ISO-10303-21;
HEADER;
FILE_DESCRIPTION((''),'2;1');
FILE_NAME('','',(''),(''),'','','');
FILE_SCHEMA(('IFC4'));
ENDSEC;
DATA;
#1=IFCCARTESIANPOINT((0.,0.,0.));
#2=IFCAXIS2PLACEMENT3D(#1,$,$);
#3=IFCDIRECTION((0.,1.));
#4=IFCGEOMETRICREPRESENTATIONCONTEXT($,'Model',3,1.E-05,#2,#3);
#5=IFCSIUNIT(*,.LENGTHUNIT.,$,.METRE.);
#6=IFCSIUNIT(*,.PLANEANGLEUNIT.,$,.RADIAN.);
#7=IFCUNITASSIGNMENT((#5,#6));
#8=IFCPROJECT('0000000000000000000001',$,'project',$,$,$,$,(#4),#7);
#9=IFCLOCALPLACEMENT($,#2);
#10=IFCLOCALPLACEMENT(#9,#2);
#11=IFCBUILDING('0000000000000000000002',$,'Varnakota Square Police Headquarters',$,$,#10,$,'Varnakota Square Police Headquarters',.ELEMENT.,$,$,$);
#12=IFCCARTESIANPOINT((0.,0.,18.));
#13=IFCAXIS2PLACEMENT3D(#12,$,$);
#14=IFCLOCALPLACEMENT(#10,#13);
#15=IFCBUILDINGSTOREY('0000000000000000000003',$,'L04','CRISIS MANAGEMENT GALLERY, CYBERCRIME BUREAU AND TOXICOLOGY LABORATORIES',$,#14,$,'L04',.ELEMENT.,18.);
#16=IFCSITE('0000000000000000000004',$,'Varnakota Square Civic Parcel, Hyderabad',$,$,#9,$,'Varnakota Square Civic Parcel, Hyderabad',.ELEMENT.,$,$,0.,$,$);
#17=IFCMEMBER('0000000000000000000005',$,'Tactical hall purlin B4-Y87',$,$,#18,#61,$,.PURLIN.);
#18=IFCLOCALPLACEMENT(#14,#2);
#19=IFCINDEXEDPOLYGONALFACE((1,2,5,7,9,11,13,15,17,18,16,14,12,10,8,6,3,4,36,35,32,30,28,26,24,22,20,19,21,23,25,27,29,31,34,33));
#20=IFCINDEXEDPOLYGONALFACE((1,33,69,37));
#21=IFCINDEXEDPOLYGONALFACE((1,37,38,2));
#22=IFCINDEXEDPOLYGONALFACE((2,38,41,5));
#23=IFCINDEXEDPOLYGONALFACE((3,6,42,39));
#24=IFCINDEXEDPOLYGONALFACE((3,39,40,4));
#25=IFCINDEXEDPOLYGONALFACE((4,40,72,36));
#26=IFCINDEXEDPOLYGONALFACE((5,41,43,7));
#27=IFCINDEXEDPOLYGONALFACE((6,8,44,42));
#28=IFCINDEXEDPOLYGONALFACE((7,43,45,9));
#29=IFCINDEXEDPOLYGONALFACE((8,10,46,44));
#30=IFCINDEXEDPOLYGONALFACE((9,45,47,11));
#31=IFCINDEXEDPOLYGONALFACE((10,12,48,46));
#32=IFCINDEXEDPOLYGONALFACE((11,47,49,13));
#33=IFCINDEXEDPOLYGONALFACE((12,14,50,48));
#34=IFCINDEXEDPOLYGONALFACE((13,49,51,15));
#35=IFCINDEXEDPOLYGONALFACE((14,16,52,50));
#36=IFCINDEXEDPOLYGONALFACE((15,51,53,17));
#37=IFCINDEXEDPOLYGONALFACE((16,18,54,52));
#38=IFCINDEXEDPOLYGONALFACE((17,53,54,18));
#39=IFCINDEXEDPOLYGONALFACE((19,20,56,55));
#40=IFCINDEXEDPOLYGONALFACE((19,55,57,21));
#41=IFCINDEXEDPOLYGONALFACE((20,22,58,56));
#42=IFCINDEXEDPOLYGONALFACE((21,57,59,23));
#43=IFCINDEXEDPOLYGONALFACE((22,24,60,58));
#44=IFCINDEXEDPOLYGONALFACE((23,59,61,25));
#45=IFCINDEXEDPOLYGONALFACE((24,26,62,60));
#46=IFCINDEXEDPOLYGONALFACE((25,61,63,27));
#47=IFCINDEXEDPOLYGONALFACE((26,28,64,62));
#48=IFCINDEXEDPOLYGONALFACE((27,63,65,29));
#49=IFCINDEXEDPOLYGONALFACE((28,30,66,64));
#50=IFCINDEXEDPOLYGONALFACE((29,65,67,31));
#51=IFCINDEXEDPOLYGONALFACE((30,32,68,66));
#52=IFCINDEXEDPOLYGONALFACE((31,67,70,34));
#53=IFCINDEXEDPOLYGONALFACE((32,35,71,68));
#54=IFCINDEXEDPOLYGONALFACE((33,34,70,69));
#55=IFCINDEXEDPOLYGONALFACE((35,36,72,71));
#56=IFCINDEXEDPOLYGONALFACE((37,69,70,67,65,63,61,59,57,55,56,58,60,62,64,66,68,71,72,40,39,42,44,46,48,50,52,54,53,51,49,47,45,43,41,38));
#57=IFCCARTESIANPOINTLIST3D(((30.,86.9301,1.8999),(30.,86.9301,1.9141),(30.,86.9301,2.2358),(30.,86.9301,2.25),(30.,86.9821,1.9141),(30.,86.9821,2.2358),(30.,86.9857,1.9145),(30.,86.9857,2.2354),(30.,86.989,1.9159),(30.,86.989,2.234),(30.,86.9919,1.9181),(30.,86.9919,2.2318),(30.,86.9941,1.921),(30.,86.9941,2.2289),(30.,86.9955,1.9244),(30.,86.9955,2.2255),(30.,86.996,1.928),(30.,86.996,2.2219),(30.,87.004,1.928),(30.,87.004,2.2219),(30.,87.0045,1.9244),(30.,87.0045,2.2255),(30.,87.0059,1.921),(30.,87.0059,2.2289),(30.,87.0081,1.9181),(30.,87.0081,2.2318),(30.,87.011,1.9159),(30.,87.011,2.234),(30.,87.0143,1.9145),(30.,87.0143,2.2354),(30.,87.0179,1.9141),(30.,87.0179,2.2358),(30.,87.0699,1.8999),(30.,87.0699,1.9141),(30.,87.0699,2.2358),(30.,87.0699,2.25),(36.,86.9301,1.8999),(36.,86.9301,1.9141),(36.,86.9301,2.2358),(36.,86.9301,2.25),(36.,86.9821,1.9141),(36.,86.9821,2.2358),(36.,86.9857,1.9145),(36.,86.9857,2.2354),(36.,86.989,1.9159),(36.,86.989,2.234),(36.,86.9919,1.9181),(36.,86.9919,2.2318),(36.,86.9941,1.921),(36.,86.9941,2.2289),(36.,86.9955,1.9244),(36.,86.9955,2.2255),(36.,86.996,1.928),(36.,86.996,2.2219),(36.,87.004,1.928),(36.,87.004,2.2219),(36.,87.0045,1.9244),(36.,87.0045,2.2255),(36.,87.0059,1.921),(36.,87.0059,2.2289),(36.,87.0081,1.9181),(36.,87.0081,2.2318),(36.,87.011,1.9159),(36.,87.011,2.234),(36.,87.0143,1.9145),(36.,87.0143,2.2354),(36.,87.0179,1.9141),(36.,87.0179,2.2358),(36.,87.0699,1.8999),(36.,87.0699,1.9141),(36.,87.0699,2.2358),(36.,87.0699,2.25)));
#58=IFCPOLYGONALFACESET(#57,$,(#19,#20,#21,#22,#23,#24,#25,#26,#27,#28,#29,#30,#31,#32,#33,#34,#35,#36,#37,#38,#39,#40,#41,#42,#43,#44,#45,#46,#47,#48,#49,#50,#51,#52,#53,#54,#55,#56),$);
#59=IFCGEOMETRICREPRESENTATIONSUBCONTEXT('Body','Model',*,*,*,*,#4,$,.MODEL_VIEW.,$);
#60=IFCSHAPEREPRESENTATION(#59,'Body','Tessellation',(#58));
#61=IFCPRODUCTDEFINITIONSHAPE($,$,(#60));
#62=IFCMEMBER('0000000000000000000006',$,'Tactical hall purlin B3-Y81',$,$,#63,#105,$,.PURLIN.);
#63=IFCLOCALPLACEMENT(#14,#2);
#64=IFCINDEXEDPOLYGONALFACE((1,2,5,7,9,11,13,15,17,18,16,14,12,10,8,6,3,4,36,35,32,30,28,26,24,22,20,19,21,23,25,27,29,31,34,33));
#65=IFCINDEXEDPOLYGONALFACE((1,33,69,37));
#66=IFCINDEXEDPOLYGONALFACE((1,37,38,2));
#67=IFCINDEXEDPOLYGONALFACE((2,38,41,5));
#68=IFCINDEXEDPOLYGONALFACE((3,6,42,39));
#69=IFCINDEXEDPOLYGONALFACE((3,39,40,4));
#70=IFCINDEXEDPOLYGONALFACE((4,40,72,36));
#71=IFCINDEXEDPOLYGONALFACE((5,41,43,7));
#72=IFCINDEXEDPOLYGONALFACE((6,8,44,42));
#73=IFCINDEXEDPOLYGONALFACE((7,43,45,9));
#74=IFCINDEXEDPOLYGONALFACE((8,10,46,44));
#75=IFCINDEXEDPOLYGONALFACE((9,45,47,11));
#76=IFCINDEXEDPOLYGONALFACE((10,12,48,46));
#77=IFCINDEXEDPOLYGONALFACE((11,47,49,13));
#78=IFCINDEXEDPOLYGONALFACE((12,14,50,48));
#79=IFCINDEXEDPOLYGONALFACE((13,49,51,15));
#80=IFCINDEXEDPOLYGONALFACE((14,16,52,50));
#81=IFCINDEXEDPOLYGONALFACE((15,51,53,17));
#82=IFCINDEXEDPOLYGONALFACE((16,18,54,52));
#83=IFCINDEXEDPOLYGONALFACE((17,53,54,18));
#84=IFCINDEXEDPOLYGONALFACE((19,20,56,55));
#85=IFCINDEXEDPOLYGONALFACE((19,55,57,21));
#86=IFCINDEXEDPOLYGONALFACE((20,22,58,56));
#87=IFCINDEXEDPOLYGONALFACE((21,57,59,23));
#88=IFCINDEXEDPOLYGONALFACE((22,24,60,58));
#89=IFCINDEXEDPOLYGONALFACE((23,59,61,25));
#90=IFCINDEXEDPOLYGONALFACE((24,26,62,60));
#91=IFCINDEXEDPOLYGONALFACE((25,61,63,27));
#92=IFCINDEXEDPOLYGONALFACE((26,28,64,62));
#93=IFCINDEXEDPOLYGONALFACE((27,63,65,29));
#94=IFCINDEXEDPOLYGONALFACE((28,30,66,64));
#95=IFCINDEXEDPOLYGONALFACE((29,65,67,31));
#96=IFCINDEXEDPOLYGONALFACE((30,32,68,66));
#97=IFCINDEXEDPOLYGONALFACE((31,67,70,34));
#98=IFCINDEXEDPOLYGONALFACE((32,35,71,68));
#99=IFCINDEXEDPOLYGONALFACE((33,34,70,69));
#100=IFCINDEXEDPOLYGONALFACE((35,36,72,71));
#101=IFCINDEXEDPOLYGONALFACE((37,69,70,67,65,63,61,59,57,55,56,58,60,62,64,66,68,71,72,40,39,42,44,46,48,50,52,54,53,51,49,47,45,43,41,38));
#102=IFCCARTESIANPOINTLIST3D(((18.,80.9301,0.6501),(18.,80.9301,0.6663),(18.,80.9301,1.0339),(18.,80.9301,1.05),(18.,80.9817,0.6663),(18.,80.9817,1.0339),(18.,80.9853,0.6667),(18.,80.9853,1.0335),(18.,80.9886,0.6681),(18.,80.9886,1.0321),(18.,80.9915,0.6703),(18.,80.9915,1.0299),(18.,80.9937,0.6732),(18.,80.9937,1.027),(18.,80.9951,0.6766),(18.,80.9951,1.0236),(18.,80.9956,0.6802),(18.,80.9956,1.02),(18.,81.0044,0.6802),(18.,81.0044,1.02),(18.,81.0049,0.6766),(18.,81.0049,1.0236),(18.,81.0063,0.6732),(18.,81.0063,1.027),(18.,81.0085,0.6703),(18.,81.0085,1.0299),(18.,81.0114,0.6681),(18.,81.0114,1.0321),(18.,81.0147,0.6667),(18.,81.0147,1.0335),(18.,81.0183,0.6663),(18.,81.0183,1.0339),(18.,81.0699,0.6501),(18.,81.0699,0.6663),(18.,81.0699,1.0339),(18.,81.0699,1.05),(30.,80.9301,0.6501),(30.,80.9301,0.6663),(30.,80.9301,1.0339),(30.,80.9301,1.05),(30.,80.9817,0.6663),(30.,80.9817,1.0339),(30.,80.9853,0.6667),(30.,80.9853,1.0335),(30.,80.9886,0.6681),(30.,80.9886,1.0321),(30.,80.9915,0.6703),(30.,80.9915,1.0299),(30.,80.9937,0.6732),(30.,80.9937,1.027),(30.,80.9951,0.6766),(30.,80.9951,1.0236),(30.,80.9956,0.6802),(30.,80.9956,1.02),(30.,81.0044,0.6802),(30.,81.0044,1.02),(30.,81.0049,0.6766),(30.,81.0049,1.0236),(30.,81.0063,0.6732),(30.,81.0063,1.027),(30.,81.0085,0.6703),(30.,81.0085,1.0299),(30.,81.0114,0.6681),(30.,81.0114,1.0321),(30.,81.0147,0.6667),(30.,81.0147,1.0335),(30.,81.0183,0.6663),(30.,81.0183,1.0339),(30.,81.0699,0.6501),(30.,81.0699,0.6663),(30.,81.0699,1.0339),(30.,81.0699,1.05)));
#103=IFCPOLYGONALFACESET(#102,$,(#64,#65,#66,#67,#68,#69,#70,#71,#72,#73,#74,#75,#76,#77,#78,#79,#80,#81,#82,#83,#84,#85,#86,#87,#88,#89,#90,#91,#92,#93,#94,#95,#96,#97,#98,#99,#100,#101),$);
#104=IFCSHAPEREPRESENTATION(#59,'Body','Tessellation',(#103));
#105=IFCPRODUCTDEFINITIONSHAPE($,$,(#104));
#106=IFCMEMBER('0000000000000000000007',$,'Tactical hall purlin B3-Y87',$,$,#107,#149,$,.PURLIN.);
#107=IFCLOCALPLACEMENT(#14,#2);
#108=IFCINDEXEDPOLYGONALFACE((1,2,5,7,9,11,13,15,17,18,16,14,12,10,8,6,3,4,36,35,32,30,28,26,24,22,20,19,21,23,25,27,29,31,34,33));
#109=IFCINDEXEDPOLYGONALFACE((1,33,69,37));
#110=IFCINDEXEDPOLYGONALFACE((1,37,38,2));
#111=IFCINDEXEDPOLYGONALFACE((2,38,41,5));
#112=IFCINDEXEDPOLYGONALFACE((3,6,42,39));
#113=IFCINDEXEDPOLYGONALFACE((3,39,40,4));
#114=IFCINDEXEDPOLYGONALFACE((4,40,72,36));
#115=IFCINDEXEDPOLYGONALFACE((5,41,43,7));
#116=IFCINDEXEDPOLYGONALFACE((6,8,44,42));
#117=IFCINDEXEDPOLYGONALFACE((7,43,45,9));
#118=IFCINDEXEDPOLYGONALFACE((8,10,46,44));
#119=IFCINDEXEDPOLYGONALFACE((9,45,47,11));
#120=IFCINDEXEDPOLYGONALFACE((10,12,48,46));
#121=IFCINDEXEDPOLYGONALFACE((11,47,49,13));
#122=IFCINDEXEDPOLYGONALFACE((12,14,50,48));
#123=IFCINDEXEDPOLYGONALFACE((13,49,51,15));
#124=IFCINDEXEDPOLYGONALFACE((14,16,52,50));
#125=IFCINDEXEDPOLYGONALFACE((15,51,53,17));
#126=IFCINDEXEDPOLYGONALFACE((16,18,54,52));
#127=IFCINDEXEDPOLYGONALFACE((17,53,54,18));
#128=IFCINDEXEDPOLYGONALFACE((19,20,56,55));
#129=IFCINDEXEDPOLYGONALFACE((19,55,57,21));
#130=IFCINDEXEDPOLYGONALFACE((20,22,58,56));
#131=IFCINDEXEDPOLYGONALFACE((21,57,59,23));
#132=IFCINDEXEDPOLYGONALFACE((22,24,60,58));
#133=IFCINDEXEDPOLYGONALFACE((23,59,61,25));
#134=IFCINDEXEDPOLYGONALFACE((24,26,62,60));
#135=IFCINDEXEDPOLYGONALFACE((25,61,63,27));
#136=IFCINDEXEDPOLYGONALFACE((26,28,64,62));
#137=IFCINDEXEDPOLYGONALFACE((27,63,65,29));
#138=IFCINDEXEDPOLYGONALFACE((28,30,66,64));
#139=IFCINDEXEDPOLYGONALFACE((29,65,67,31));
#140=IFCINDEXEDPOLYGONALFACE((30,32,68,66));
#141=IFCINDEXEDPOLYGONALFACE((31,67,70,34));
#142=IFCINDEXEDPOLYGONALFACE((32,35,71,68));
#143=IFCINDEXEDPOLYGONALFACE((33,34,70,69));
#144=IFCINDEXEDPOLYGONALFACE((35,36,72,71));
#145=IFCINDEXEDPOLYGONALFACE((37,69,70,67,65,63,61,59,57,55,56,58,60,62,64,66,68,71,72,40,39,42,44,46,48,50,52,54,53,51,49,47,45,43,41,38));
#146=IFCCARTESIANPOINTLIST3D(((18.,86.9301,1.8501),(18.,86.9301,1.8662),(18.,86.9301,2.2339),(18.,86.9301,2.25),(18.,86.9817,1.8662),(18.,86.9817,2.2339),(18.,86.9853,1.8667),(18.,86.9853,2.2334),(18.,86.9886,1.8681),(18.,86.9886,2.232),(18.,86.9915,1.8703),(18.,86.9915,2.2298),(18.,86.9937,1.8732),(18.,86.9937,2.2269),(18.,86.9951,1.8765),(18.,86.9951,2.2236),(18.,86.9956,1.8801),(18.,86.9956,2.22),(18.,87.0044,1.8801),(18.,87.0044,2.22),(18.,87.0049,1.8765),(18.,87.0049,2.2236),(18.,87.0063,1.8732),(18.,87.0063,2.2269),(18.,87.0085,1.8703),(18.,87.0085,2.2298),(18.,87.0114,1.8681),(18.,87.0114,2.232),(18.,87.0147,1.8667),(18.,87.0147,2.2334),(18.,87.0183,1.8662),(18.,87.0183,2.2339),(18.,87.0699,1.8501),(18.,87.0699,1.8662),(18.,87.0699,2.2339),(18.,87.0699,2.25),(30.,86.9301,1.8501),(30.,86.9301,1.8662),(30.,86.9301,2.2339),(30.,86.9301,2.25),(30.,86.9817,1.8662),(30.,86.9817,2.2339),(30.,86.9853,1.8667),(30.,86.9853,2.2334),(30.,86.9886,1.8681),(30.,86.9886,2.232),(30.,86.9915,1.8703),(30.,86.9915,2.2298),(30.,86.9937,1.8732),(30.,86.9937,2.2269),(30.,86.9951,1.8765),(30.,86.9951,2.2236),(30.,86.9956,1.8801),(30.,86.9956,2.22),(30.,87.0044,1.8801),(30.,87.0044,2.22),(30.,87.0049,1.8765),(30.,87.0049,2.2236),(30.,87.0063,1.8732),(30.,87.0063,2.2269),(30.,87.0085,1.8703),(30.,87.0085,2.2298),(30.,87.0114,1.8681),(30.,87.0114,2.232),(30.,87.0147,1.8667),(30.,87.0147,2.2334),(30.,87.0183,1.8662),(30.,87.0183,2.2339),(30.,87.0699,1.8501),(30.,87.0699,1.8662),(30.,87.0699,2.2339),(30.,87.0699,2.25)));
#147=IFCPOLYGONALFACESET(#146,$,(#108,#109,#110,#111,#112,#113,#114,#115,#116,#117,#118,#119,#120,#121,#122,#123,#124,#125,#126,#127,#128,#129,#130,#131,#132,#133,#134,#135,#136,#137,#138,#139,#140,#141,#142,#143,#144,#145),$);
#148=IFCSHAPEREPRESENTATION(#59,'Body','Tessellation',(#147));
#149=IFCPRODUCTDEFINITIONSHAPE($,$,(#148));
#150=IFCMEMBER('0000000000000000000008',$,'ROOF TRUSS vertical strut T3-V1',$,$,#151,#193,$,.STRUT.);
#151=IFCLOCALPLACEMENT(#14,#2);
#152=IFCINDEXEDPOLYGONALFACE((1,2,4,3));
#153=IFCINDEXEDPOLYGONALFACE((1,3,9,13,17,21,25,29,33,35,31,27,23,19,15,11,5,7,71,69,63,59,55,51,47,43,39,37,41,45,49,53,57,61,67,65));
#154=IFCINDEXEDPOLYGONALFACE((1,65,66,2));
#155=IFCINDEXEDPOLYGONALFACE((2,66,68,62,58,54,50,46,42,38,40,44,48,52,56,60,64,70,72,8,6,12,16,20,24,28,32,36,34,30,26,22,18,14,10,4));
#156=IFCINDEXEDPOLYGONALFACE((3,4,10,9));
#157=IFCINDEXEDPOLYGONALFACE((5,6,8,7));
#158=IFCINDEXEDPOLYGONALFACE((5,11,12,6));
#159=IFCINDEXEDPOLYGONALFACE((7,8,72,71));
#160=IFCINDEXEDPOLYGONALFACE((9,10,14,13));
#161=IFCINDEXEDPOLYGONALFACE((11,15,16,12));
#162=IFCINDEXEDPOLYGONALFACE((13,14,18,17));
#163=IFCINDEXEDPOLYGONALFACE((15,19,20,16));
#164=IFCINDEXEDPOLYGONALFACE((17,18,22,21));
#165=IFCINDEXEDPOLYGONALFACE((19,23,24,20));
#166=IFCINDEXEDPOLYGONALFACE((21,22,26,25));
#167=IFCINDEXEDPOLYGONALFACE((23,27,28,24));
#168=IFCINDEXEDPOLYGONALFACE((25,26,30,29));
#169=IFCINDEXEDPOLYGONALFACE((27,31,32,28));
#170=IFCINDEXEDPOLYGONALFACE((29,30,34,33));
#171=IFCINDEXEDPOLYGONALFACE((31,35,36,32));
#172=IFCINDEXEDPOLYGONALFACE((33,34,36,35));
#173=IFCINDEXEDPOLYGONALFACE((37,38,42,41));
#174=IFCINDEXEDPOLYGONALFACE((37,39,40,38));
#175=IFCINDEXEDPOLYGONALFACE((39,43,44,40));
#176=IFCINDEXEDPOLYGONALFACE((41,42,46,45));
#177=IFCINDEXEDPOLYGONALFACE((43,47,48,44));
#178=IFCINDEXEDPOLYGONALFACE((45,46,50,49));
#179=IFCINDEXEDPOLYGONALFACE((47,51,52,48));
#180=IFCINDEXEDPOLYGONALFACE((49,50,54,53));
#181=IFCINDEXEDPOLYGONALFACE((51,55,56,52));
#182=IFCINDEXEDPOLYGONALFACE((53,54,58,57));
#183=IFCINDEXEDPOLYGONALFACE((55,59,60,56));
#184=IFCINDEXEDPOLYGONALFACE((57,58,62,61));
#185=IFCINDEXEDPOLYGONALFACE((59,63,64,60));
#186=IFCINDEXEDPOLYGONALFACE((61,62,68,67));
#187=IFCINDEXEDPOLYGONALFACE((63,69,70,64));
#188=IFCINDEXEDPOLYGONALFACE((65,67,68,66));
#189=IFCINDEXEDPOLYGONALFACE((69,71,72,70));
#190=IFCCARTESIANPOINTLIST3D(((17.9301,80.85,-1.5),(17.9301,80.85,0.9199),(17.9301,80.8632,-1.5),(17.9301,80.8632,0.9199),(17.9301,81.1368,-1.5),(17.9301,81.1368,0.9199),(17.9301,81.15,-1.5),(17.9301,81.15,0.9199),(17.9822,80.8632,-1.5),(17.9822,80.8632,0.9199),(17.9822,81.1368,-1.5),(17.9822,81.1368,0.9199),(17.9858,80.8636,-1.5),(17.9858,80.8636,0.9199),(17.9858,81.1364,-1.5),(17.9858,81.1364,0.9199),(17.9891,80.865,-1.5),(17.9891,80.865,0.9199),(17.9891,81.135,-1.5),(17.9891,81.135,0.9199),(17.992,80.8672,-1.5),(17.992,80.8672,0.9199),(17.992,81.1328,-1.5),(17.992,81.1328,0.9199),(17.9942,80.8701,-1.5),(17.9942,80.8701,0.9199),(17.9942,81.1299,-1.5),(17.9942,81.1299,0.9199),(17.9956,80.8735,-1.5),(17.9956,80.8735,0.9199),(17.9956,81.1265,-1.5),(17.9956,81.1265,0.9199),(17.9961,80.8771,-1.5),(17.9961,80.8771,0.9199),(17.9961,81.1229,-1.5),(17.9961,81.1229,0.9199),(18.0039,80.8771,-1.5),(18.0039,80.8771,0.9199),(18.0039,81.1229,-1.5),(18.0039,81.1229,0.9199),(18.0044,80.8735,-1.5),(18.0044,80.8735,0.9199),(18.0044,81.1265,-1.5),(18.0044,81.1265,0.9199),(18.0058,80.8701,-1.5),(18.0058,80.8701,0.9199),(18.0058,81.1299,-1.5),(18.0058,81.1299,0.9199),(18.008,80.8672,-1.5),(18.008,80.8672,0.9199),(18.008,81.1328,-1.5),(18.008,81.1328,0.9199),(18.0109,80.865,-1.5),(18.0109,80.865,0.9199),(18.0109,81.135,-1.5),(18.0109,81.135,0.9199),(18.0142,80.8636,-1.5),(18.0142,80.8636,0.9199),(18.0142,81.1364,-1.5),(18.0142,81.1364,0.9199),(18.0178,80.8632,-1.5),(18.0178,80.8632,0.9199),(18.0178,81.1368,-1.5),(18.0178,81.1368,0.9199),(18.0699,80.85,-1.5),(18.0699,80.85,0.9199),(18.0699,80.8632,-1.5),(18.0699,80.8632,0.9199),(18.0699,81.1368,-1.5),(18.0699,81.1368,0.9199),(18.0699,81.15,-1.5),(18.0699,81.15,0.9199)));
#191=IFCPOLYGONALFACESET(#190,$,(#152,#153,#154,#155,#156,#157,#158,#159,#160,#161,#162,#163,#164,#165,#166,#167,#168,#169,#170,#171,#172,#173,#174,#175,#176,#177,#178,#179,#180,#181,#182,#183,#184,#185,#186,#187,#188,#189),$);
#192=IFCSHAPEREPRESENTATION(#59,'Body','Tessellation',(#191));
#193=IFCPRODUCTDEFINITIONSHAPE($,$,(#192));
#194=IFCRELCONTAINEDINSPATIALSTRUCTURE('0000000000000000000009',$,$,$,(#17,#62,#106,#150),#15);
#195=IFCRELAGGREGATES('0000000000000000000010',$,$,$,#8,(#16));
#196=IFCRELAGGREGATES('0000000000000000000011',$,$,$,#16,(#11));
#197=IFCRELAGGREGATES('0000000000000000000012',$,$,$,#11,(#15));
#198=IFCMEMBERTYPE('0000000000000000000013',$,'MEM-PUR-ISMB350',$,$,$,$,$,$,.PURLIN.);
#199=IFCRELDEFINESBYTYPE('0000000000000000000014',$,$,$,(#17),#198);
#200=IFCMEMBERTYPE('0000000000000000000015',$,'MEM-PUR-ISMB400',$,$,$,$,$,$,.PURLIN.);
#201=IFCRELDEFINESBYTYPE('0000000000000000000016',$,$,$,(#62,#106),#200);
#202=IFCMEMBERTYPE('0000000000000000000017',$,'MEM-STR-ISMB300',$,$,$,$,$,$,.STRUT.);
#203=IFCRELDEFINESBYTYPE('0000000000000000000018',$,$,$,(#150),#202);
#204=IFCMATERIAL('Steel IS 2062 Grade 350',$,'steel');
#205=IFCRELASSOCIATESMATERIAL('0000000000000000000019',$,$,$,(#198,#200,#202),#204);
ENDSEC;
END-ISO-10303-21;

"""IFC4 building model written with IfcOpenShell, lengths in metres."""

from ifc_helpers import new_model, si_unit, direction, frame, origin, origin_2d, place, context, subcontext, project, spatial, i_section, extrude, material, material_profile, profile_set, type_object, element, save


model = new_model("IFC4")

# Units and contexts
model_context = context("Model", 3, precision=1e-05, world=origin(), true_north=direction((0.0, 1.0)))
body_context = subcontext(model_context, "Body", "Model", "MODEL_VIEW")
ifc_project = project(units=[si_unit("LENGTHUNIT", "METRE"), si_unit("PLANEANGLEUNIT", "RADIAN")], contexts=[model_context])

# Site, building, storey
site_placement = place(None, origin())
site = spatial("IfcSite", under=ifc_project, at=site_placement, Name="Varnakota Square Civic Parcel, Hyderabad", LongName="Varnakota Square Civic Parcel, Hyderabad", CompositionType="ELEMENT", RefElevation=0.0)
building_placement = place(site_placement, origin())
building = spatial("IfcBuilding", under=site, at=building_placement, Name="Varnakota Square Police Headquarters", LongName="Varnakota Square Police Headquarters", CompositionType="ELEMENT")
storey_placement = place(building_placement, frame((0.0, 0.0, 18.0)))
storey = spatial("IfcBuildingStorey", under=building, at=storey_placement, Name="L04", Description="CRISIS MANAGEMENT GALLERY, CYBERCRIME BUREAU AND TOXICOLOGY LABORATORIES", LongName="L04", CompositionType="ELEMENT", Elevation=18.0)

# Shared definitions
ifc_material_1 = material(Name="Steel IS 2062 Grade 350", Category="steel")

# Members
ifc_material_profile_1 = material_profile(ifc_material_1, i_section(OverallWidth=0.1399, OverallDepth=0.3501, WebThickness=0.0081, FlangeThickness=0.0142, FilletRadius=0.0139, at=origin_2d()), Name="ISMB 350")
ifc_profile_set_1 = profile_set([ifc_material_profile_1], Name="Steel IS 2062 Grade 350")
member_type_1 = type_object("IfcMemberType", Name="MEM-PUR-ISMB350", PredefinedType="PURLIN", material=ifc_profile_set_1)
for number, where, z_axis, x_axis, name in (
    (1, (30.0, 87.0, 2.075), (1.0, 0.0, 0.0), (0.0, 1.0, 0.0), "Tactical hall purlin B4-Y87"),
):
    element("IfcMember", number, at=place(storey_placement, frame(where, z_axis=z_axis, x_axis=x_axis)), inside=storey, type_object=member_type_1, Name=name, PredefinedType="PURLIN", context=body_context, shape_type="SweptSolid", body=[
        extrude(i_section(OverallWidth=0.1399, OverallDepth=0.3501, WebThickness=0.0081, FlangeThickness=0.0142, FilletRadius=0.0139, at=origin_2d()), origin(), (0.0, 0.0, 1.0), 6.0),
    ])
ifc_material_profile_2 = material_profile(ifc_material_1, i_section(OverallWidth=0.1399, OverallDepth=0.3999, WebThickness=0.0088, FlangeThickness=0.0161, FilletRadius=0.0139, at=origin_2d()), Name="ISMB 400")
ifc_profile_set_2 = profile_set([ifc_material_profile_2], Name="Steel IS 2062 Grade 350")
member_type_2 = type_object("IfcMemberType", Name="MEM-PUR-ISMB400", PredefinedType="PURLIN", material=ifc_profile_set_2)
for number, where, z_axis, x_axis, name in (
    (2, (18.0, 81.0, 0.8501), (1.0, 0.0, 0.0), (0.0, 1.0, 0.0), "Tactical hall purlin B3-Y81"),
    (3, (18.0, 87.0, 2.05), (1.0, 0.0, 0.0), (0.0, 1.0, 0.0), "Tactical hall purlin B3-Y87"),
):
    element("IfcMember", number, at=place(storey_placement, frame(where, z_axis=z_axis, x_axis=x_axis)), inside=storey, type_object=member_type_2, Name=name, PredefinedType="PURLIN", context=body_context, shape_type="SweptSolid", body=[
        extrude(i_section(OverallWidth=0.1399, OverallDepth=0.3999, WebThickness=0.0088, FlangeThickness=0.0161, FilletRadius=0.0139, at=origin_2d()), origin(), (0.0, 0.0, 1.0), 12.0),
    ])
ifc_material_profile_3 = material_profile(ifc_material_1, i_section(OverallWidth=0.1399, OverallDepth=0.3, WebThickness=0.0078, FlangeThickness=0.0132, FilletRadius=0.0139, at=origin_2d()), Name="ISMB 300")
ifc_profile_set_3 = profile_set([ifc_material_profile_3], Name="Steel IS 2062 Grade 350")
member_type_3 = type_object("IfcMemberType", Name="MEM-STR-ISMB300", PredefinedType="STRUT", material=ifc_profile_set_3)
for number, where, z_axis, x_axis, name in (
    (4, (18.0, 81.0, -1.5), (0.0, 0.0, 1.0), (1.0, 0.0, 0.0), "ROOF TRUSS vertical strut T3-V1"),
):
    element("IfcMember", number, at=place(storey_placement, frame(where, z_axis=z_axis, x_axis=x_axis)), inside=storey, type_object=member_type_3, Name=name, PredefinedType="STRUT", context=body_context, shape_type="SweptSolid", body=[
        extrude(i_section(OverallWidth=0.1399, OverallDepth=0.3, WebThickness=0.0078, FlangeThickness=0.0132, FilletRadius=0.0139, at=origin_2d()), origin(), (0.0, 0.0, 1.0), 2.4199),
    ])

save(model, "model.ifc")
